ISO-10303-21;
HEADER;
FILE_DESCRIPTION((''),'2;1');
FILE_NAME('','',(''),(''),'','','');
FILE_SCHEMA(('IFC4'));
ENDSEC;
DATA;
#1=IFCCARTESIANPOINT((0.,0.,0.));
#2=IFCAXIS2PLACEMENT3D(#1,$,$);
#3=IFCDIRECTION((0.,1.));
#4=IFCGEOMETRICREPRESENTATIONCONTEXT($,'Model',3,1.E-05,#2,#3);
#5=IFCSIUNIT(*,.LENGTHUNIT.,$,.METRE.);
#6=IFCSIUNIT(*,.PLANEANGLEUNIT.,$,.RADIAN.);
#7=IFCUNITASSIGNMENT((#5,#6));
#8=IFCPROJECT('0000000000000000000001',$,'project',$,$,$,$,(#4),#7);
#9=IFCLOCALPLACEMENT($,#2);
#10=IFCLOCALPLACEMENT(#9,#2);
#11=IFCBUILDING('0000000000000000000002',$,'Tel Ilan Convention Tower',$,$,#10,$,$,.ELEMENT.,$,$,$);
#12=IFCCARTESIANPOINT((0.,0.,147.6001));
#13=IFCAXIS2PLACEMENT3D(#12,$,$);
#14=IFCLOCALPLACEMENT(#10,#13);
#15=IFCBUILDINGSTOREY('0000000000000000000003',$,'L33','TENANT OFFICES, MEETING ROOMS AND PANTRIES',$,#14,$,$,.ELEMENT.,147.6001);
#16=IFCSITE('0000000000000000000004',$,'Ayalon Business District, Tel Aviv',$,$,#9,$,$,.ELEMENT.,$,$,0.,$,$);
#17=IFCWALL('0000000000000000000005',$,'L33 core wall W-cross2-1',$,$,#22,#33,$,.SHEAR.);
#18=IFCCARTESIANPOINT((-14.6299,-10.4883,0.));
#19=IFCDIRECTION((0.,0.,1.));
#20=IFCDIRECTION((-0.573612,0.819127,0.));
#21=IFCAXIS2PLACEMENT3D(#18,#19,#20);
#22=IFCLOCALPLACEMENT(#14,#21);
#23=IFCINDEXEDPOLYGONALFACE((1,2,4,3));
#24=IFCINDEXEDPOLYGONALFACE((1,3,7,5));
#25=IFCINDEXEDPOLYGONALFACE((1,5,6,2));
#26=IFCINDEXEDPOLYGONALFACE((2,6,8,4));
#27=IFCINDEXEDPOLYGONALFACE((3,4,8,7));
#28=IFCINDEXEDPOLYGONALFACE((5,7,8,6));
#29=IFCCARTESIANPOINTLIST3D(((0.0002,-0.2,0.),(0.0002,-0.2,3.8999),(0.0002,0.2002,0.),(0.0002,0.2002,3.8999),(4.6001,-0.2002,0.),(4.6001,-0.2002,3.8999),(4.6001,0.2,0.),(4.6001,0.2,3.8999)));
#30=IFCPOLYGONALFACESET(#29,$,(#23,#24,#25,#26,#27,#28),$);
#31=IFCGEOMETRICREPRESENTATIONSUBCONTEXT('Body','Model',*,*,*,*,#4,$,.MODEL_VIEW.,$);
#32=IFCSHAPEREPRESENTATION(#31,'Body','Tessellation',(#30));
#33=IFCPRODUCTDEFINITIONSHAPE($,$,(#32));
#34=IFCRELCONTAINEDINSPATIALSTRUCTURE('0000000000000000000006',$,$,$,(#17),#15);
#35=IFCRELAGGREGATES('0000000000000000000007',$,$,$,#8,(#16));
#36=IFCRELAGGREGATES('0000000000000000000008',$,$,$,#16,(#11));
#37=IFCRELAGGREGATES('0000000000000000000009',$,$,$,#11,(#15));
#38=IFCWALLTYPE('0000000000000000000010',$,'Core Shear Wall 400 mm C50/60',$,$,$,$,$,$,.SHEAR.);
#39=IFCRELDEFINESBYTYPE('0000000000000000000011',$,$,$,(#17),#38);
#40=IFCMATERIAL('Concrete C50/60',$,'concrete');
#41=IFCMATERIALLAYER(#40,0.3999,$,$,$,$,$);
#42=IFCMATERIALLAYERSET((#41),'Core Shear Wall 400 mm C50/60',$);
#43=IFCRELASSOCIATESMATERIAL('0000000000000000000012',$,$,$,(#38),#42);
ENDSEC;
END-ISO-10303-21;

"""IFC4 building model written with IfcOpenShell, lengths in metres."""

from ifc_helpers import new_model, si_unit, direction, frame, origin, place, context, subcontext, project, spatial, polyline, outline, extrude, material, layer, layer_set, type_object, element, save


model = new_model("IFC4")

# Units and contexts
model_context = context("Model", 3, precision=1e-05, world=origin(), true_north=direction((0.0, 1.0)))
body_context = subcontext(model_context, "Body", "Model", "MODEL_VIEW")
ifc_project = project(units=[si_unit("LENGTHUNIT", "METRE"), si_unit("PLANEANGLEUNIT", "RADIAN")], contexts=[model_context])

# Site, building, storey
site_placement = place(None, origin())
site = spatial("IfcSite", under=ifc_project, at=site_placement, Name="Ayalon Business District, Tel Aviv", CompositionType="ELEMENT", RefElevation=0.0)
building_placement = place(site_placement, origin())
building = spatial("IfcBuilding", under=site, at=building_placement, Name="Tel Ilan Convention Tower", CompositionType="ELEMENT")
storey_placement = place(building_placement, frame((0.0, 0.0, 147.6001)))
storey = spatial("IfcBuildingStorey", under=building, at=storey_placement, Name="L33", Description="TENANT OFFICES, MEETING ROOMS AND PANTRIES", CompositionType="ELEMENT", Elevation=147.6001)

# Wall
ifc_material_1 = material(Name="Concrete C50/60", Category="concrete")
ifc_layer_1 = layer(ifc_material_1, 0.3999)
ifc_layer_set_1 = layer_set([ifc_layer_1], Name="Core Shear Wall 400 mm C50/60")
wall_type_1 = type_object("IfcWallType", Name="Core Shear Wall 400 mm C50/60", PredefinedType="SHEAR", material=ifc_layer_set_1)
wall_1_placement = place(storey_placement, frame((-14.6299, -10.4883, 0.0), z_axis=(0.0, 0.0, 1.0), x_axis=(-0.573612, 0.819127, 0.0)))
element("IfcWall", 1, at=wall_1_placement, inside=storey, type_object=wall_type_1, Name="L33 core wall W-cross2-1", PredefinedType="SHEAR", context=body_context, shape_type="SweptSolid", body=[
    extrude(outline(polyline([(4.6001, 0.2), (0.0002, 0.2002), (0.0002, -0.2), (4.6001, -0.2002), (4.6001, 0.2)])), origin(), (0.0, 0.0, 1.0), 3.8999),
])

save(model, "model.ifc")
